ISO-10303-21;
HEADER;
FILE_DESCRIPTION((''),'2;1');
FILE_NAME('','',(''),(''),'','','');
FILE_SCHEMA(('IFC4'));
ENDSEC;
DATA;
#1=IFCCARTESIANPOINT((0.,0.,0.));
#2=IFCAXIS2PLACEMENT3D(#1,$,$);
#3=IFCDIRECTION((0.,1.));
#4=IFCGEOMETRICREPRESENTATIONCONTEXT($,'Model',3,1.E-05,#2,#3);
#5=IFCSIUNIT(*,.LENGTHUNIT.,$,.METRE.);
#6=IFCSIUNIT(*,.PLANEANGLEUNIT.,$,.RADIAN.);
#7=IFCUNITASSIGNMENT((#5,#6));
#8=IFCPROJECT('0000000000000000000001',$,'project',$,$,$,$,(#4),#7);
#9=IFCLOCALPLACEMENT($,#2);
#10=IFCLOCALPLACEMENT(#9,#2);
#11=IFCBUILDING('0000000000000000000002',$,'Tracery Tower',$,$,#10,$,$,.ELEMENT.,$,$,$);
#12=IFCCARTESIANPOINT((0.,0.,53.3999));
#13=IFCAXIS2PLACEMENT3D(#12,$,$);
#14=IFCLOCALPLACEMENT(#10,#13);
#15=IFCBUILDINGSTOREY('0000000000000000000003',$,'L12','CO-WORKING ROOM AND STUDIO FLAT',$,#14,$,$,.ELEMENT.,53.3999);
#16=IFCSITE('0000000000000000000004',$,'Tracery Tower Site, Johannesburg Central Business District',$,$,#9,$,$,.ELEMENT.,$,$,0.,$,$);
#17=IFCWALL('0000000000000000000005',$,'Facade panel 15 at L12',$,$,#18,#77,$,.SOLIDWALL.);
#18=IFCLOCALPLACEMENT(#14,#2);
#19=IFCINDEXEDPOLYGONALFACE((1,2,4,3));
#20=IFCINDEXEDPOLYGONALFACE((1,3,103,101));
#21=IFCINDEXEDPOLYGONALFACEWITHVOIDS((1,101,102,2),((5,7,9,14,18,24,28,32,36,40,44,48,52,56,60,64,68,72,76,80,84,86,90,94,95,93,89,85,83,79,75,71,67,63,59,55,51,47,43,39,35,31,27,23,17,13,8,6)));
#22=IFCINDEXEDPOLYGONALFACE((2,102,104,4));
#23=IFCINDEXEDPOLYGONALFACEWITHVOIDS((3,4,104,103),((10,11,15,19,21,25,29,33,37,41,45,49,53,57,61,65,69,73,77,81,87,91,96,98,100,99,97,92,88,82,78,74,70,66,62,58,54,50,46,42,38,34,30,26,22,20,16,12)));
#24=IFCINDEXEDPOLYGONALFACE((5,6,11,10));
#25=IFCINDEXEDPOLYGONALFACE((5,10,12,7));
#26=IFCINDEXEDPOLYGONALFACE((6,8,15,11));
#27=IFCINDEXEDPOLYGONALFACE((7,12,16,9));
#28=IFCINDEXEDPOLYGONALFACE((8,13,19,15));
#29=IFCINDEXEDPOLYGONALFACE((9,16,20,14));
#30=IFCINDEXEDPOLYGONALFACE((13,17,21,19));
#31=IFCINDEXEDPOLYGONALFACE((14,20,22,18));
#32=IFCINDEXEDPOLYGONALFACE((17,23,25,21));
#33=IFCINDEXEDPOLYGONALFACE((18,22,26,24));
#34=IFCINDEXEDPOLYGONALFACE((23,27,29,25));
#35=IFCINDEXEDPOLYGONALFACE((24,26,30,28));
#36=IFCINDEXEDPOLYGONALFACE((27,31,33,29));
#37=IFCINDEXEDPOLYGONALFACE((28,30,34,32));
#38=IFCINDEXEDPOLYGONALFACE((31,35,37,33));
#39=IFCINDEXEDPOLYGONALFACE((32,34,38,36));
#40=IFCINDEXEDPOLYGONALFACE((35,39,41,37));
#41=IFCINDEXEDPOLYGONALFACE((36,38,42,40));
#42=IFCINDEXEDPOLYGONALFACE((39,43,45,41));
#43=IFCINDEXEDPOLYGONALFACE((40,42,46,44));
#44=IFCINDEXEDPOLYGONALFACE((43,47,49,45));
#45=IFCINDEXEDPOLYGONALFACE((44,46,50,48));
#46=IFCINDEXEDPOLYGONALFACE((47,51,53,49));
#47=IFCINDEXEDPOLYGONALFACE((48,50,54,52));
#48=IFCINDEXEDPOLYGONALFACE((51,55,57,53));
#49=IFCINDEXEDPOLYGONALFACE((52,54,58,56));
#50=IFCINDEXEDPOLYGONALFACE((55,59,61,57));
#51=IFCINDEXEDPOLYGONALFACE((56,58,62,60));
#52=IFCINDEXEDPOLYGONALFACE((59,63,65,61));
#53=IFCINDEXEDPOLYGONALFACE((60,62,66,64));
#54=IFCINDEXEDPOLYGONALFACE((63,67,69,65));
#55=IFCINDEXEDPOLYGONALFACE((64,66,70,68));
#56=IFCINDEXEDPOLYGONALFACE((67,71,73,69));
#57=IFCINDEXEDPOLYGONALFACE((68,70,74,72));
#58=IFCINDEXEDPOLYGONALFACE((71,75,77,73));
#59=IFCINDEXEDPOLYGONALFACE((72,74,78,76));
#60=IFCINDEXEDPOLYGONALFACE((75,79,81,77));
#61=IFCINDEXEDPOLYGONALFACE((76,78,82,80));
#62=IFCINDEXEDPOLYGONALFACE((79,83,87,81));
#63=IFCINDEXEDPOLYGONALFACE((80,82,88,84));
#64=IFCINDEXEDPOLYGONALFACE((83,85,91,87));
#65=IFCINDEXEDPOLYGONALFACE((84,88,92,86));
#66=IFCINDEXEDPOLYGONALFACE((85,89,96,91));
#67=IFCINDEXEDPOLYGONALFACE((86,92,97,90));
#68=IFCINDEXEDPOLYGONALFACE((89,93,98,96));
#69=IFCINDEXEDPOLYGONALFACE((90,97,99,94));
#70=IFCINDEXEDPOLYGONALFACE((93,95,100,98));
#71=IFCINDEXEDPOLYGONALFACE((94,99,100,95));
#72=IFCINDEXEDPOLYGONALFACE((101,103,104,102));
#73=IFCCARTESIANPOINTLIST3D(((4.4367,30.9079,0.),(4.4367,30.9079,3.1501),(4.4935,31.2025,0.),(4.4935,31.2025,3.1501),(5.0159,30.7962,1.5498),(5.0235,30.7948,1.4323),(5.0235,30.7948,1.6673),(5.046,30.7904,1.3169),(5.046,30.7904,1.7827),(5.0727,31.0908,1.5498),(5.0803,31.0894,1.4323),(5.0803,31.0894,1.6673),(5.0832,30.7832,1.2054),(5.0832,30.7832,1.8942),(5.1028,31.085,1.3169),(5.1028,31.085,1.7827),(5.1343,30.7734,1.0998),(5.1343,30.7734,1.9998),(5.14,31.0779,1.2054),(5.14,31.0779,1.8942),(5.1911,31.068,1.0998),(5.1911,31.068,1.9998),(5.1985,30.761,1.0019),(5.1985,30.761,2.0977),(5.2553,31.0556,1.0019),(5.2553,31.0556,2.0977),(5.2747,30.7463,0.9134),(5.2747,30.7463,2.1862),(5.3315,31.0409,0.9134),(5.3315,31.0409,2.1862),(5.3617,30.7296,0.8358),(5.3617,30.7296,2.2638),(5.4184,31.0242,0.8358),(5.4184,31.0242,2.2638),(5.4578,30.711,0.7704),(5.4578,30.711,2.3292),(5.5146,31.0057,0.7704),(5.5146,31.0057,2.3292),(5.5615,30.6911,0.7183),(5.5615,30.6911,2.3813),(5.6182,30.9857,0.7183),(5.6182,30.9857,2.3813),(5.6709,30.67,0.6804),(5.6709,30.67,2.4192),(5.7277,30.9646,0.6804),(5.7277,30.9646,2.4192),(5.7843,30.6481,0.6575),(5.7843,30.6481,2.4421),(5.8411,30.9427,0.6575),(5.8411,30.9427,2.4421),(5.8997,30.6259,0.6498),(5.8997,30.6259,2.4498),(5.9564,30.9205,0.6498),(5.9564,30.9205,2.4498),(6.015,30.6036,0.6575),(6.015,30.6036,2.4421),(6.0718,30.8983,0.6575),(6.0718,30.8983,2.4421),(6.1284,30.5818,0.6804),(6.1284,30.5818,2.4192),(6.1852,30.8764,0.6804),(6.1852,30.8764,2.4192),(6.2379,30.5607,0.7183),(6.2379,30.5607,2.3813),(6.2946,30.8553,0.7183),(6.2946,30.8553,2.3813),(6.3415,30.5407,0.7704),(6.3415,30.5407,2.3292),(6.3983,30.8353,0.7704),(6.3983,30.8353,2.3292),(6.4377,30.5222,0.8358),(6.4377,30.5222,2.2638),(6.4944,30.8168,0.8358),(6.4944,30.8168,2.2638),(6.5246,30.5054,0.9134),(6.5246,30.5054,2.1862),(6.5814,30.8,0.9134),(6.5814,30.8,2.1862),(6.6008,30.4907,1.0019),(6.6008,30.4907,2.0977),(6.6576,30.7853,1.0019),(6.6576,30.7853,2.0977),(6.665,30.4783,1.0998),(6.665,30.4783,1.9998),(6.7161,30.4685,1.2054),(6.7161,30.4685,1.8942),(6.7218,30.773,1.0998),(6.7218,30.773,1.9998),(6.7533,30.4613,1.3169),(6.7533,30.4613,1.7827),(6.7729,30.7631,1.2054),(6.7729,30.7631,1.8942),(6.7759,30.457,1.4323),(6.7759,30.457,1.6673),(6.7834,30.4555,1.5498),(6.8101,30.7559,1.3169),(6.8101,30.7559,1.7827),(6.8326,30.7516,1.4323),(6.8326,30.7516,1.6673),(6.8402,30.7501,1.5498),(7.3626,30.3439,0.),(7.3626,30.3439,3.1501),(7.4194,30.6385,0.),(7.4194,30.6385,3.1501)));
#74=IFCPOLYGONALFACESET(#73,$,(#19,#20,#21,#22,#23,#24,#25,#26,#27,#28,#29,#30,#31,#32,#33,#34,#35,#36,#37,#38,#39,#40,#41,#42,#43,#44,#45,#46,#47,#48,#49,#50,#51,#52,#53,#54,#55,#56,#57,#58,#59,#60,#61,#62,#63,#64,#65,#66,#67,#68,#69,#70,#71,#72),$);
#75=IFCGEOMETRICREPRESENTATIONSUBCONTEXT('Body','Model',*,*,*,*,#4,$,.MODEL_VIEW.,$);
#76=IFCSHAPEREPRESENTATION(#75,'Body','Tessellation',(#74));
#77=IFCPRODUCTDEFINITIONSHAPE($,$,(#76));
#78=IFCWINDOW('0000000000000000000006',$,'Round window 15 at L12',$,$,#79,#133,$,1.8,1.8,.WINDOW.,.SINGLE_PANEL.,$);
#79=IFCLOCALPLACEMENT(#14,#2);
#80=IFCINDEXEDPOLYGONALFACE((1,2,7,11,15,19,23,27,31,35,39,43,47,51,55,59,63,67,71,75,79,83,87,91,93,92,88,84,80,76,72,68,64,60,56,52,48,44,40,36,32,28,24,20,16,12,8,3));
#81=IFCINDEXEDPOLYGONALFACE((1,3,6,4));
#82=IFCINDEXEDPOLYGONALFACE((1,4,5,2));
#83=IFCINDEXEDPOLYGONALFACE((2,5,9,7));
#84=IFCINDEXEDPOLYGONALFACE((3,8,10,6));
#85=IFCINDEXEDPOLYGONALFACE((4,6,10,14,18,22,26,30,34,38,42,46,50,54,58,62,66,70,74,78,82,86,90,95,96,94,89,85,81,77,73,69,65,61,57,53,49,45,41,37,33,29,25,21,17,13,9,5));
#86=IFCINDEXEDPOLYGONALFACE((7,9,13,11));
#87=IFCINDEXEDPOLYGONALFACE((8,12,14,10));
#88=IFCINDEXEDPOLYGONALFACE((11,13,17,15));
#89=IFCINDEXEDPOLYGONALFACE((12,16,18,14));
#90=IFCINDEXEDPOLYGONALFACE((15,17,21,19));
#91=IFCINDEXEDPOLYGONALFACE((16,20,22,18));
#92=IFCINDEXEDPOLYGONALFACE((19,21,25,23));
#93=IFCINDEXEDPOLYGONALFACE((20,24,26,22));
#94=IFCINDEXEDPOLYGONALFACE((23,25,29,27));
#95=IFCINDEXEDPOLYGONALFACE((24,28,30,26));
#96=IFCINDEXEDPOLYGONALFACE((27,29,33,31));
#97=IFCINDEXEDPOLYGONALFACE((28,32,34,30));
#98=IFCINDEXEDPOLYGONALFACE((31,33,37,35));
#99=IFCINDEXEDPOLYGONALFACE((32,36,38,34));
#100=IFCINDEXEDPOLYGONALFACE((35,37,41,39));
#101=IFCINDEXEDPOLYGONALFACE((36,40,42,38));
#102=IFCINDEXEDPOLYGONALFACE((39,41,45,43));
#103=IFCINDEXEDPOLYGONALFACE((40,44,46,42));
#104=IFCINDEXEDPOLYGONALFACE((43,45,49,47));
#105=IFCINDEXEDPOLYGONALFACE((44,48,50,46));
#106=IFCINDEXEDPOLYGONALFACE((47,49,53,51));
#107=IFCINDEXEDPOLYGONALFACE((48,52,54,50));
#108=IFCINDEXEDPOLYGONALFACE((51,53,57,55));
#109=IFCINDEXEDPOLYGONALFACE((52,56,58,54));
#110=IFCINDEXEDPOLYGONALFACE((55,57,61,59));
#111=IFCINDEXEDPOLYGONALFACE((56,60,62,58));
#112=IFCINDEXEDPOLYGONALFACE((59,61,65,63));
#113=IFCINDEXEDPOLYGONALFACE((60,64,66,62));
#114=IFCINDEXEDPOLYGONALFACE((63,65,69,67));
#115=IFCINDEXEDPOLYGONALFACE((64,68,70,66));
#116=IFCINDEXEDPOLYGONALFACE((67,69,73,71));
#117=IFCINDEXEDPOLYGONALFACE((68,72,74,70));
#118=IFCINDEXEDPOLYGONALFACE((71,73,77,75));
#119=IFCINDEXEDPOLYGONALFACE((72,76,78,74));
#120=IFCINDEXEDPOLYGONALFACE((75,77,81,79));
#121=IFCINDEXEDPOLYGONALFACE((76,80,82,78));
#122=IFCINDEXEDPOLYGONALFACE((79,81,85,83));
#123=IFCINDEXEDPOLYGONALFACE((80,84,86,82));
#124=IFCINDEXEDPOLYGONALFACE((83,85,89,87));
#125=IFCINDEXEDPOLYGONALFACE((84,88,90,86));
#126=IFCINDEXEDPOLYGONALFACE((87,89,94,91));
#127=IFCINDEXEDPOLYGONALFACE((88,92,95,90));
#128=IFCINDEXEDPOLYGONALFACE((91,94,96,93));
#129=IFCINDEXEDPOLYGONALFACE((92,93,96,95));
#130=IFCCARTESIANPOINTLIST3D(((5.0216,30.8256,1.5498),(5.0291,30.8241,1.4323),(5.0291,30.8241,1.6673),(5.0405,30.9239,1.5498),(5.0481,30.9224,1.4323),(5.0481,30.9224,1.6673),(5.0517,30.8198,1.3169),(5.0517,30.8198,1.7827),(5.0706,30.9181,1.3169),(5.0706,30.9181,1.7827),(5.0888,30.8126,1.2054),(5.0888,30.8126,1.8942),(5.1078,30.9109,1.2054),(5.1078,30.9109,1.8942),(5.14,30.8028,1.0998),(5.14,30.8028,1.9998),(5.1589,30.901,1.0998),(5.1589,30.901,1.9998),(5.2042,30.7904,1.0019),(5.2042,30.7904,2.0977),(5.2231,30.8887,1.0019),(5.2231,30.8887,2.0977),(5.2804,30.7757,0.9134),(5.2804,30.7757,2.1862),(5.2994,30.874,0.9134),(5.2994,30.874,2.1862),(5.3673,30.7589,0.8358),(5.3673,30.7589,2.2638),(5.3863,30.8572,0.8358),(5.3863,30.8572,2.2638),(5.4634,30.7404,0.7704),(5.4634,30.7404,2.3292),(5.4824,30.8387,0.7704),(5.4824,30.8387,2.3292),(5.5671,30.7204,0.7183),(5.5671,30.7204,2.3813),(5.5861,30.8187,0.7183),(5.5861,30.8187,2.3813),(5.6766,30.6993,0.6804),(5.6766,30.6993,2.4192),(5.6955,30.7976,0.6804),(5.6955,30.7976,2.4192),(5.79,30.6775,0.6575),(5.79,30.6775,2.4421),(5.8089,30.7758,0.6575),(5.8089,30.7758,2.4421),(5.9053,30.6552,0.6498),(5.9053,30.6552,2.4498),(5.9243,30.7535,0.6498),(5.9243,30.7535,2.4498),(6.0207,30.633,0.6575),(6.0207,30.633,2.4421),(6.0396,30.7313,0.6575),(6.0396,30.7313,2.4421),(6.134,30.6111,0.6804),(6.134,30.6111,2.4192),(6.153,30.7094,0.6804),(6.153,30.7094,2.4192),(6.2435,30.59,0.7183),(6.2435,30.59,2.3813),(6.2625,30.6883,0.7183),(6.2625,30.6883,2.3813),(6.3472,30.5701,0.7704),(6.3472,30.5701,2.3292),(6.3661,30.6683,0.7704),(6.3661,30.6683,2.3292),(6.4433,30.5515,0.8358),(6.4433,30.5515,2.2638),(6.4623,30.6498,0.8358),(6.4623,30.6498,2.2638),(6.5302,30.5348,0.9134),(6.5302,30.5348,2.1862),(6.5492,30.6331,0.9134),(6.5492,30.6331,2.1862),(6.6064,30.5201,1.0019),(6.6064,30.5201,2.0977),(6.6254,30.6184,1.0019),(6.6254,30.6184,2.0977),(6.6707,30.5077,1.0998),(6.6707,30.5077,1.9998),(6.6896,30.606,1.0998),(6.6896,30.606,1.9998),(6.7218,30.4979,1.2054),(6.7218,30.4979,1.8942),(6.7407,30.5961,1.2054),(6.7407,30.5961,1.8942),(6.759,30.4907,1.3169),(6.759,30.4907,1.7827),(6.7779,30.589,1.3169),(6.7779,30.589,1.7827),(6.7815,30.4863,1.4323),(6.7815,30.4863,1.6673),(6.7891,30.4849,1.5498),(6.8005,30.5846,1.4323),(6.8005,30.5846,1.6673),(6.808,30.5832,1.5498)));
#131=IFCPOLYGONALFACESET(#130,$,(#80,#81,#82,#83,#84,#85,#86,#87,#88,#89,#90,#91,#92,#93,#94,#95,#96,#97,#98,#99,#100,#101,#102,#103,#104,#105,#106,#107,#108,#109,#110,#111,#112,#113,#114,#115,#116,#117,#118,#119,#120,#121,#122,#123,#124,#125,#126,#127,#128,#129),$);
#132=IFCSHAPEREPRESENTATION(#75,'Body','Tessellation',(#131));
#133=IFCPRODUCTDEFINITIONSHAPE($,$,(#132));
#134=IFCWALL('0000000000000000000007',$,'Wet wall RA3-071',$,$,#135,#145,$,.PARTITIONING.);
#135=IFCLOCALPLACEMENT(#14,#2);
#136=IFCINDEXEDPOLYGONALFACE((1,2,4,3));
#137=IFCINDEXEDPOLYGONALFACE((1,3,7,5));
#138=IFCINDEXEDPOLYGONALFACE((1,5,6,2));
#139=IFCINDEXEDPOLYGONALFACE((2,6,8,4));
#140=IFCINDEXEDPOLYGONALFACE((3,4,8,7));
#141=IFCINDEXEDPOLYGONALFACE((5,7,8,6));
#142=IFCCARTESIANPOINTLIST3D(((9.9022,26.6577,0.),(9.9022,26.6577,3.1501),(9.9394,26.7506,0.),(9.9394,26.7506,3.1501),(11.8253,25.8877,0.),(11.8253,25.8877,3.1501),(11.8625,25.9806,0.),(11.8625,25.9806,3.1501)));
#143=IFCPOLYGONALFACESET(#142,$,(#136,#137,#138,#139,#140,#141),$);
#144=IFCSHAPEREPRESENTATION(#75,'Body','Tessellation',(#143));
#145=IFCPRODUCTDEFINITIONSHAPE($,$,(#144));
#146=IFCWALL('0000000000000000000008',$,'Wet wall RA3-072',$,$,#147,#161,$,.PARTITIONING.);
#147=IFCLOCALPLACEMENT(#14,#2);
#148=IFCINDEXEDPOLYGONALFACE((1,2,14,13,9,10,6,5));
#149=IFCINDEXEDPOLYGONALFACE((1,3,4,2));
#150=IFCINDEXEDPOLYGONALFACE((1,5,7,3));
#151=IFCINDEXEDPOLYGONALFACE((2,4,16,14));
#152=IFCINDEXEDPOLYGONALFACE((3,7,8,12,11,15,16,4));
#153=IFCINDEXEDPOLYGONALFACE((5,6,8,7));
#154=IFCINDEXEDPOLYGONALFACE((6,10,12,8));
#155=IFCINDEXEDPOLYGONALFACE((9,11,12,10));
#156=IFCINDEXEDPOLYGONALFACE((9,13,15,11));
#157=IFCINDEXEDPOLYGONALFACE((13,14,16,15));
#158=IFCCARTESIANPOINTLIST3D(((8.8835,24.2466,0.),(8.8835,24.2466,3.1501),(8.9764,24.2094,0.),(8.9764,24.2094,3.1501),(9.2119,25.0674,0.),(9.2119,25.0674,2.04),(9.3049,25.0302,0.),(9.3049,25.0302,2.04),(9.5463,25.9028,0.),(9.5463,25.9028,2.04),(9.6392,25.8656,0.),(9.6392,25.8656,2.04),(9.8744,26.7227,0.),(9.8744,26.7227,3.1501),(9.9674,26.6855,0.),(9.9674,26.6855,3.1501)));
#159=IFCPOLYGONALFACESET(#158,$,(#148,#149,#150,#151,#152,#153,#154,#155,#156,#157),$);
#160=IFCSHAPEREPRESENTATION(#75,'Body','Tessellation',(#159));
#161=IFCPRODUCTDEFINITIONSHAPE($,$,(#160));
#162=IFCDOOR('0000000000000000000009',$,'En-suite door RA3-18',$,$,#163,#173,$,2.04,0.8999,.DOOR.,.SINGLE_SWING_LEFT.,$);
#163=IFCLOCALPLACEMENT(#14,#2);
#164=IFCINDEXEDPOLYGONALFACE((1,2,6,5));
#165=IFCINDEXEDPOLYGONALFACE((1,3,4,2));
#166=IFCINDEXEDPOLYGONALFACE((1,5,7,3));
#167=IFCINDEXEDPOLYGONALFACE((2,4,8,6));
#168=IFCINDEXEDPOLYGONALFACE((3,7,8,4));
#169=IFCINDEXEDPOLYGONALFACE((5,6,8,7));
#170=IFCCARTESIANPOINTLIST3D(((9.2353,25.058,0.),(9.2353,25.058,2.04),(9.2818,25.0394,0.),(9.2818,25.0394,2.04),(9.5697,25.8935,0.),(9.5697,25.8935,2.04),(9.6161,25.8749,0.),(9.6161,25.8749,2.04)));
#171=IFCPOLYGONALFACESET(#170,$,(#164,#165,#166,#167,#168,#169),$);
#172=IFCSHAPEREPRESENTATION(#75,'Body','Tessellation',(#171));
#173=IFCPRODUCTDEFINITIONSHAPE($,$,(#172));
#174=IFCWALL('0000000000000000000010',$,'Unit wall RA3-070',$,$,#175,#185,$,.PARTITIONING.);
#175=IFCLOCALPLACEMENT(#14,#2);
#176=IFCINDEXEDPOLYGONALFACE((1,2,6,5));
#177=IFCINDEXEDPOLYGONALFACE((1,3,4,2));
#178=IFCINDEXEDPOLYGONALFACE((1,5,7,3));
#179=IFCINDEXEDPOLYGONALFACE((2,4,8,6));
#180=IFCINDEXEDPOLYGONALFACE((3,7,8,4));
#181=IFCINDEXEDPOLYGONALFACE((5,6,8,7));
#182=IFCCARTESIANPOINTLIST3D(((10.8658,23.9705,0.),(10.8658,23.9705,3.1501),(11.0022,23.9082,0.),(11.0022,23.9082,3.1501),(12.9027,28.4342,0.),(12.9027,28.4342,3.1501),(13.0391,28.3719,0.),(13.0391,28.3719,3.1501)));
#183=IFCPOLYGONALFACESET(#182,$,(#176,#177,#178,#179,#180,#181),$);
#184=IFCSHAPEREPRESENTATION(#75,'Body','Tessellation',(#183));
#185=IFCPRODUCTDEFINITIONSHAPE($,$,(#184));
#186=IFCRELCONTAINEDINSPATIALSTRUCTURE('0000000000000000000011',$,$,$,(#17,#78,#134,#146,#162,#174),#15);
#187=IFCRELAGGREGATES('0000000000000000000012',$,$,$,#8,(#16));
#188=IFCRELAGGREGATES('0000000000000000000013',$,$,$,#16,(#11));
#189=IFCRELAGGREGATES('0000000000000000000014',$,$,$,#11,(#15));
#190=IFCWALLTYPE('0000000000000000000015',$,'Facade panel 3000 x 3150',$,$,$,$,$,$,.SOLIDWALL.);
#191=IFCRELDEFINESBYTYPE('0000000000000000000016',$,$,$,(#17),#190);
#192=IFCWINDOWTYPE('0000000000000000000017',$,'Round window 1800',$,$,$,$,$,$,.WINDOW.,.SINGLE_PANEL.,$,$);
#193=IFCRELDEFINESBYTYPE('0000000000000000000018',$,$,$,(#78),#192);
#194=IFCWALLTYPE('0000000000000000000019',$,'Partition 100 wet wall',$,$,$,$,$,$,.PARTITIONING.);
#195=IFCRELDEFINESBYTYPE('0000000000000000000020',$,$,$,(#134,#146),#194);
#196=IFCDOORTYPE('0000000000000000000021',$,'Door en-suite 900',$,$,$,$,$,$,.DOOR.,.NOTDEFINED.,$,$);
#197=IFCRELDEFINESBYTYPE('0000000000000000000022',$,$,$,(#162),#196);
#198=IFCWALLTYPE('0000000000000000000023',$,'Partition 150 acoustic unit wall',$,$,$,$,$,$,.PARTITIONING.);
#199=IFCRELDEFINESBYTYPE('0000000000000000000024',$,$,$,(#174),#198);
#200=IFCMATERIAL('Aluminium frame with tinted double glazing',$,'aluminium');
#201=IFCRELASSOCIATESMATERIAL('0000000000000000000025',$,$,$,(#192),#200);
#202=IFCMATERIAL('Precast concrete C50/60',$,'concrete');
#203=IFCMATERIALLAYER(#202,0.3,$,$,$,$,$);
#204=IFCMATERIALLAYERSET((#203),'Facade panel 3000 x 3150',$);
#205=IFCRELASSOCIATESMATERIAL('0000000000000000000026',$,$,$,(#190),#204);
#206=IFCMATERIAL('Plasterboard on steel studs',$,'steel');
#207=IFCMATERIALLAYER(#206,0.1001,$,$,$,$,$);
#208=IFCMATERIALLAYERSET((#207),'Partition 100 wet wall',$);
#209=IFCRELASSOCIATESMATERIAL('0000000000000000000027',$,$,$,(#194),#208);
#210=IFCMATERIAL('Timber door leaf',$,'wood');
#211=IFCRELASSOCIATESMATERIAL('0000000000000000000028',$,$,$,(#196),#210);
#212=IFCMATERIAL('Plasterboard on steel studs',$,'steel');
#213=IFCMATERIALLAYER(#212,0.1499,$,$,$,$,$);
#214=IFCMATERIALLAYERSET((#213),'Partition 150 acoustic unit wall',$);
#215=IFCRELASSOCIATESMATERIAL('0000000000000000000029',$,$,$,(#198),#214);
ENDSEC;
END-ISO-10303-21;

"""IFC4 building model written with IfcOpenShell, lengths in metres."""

from ifc_helpers import new_model, si_unit, direction, frame, frame_2d, origin, origin_2d, place, context, subcontext, project, spatial, rectangle, circle, extrude, material, layer, layer_set, type_object, element, fill, save


model = new_model("IFC4")

# Units and contexts
model_context = context("Model", 3, precision=1e-05, world=origin(), true_north=direction((0.0, 1.0)))
body_context = subcontext(model_context, "Body", "Model", "MODEL_VIEW")
ifc_project = project(units=[si_unit("LENGTHUNIT", "METRE"), si_unit("PLANEANGLEUNIT", "RADIAN")], contexts=[model_context])

# Site, building, storey
site_placement = place(None, origin())
site = spatial("IfcSite", under=ifc_project, at=site_placement, Name="Tracery Tower Site, Johannesburg Central Business District", CompositionType="ELEMENT", RefElevation=0.0)
building_placement = place(site_placement, origin())
building = spatial("IfcBuilding", under=site, at=building_placement, Name="Tracery Tower", CompositionType="ELEMENT")
storey_placement = place(building_placement, frame((0.0, 0.0, 53.3999)))
storey = spatial("IfcBuildingStorey", under=building, at=storey_placement, Name="L12", Description="CO-WORKING ROOM AND STUDIO FLAT", CompositionType="ELEMENT", Elevation=53.3999)

# Wall, opening, window
ifc_material_1 = material(Name="Aluminium frame with tinted double glazing", Category="aluminium")
window_type = type_object("IfcWindowType", Name="Round window 1800", PartitioningType="SINGLE_PANEL", PredefinedType="WINDOW", material=ifc_material_1)
ifc_material_2 = material(Name="Precast concrete C50/60", Category="concrete")
ifc_layer_1 = layer(ifc_material_2, 0.3)
ifc_layer_set_1 = layer_set([ifc_layer_1], Name="Facade panel 3000 x 3150")
wall_type_1 = type_object("IfcWallType", Name="Facade panel 3000 x 3150", PredefinedType="SOLIDWALL", material=ifc_layer_set_1)
wall_1_placement = place(storey_placement, frame((7.3909, 30.4912, 0.0), z_axis=(0.0, 0.0, 1.0), x_axis=(-0.981925, 0.189273, 0.0)))
wall_1 = element("IfcWall", 1, at=wall_1_placement, inside=storey, type_object=wall_type_1, Name="Facade panel 15 at L12", PredefinedType="SOLIDWALL", context=body_context, shape_type="SweptSolid", body=[
    extrude(rectangle(XDim=2.9797, YDim=0.3, at=frame_2d((1.4897, 0.0))), origin(), (0.0, 0.0, 1.0), 3.1501),
])
opening_1_placement = place(wall_1_placement, frame((1.4897, 0.0, 1.5498)))
opening_1 = element("IfcOpeningElement", 2, at=opening_1_placement, cuts=wall_1, PredefinedType="OPENING", context=body_context, shape_type="SweptSolid", body=[
    extrude(circle(Radius=0.9, at=origin_2d()), frame((0.0, 0.1599, 0.0), z_axis=(0.0, -1.0, 0.0), x_axis=(1.0, 0.0, 0.0)), (0.0, 0.0, 1.0), 0.3201),
])
window_1_placement = place(opening_1_placement, origin())
window_1 = element("IfcWindow", 3, at=window_1_placement, inside=storey, type_object=window_type, Name="Round window 15 at L12", OverallHeight=1.8, OverallWidth=1.8, PartitioningType="SINGLE_PANEL", PredefinedType="WINDOW", context=body_context, shape_type="SweptSolid", body=[
    extrude(circle(Radius=0.9, at=origin_2d()), frame((0.0, 0.1201, 0.0), z_axis=(0.0, -1.0, 0.0), x_axis=(1.0, 0.0, 0.0)), (0.0, 0.0, 1.0), 0.1001),
])
fill(opening_1, window_1)

# Wall
ifc_material_3 = material(Name="Plasterboard on steel studs", Category="steel")
ifc_layer_2 = layer(ifc_material_3, 0.1001)
ifc_layer_set_2 = layer_set([ifc_layer_2], Name="Partition 100 wet wall")
wall_type_2 = type_object("IfcWallType", Name="Partition 100 wet wall", PredefinedType="PARTITIONING", material=ifc_layer_set_2)
wall_2_placement = place(storey_placement, frame((9.9209, 26.7041, 0.0), z_axis=(0.0, 0.0, 1.0), x_axis=(0.928347, -0.371716, 0.0)))
element("IfcWall", 4, at=wall_2_placement, inside=storey, type_object=wall_type_2, Name="Wet wall RA3-071", PredefinedType="PARTITIONING", context=body_context, shape_type="SweptSolid", body=[
    extrude(rectangle(XDim=2.0715, YDim=0.1001, at=frame_2d((1.0356, 0.0))), origin(), (0.0, 0.0, 1.0), 3.1501),
])

# Wall, opening, door
wall_3_placement = place(storey_placement, frame((8.9299, 24.228, 0.0), z_axis=(0.0, 0.0, 1.0), x_axis=(0.371564, 0.928407, 0.0)))
wall_3 = element("IfcWall", 5, at=wall_3_placement, inside=storey, type_object=wall_type_2, Name="Wet wall RA3-072", PredefinedType="PARTITIONING", context=body_context, shape_type="SweptSolid", body=[
    extrude(rectangle(XDim=2.667, YDim=0.1001, at=frame_2d((1.3335, 0.0))), origin(), (0.0, 0.0, 1.0), 3.1501),
])
opening_2_placement = place(wall_3_placement, frame((0.884, 0.0, 0.0)))
opening_2 = element("IfcOpeningElement", 6, at=opening_2_placement, cuts=wall_3, PredefinedType="OPENING", context=body_context, shape_type="SweptSolid", body=[
    extrude(rectangle(XDim=0.8999, YDim=2.04, at=frame_2d((0.45, 1.02))), frame((0.0, 0.05, 0.0), z_axis=(0.0, -1.0, 0.0), x_axis=(1.0, 0.0, 0.0)), (0.0, 0.0, 1.0), 0.1001),
])
ifc_material_4 = material(Name="Timber door leaf", Category="wood")
door_type_1 = type_object("IfcDoorType", Name="Door en-suite 900", OperationType="NOTDEFINED", PredefinedType="DOOR", material=ifc_material_4)
door_1_placement = place(opening_2_placement, origin())
door_1 = element("IfcDoor", 7, at=door_1_placement, inside=storey, type_object=door_type_1, Name="En-suite door RA3-18", OperationType="SINGLE_SWING_LEFT", OverallHeight=2.04, OverallWidth=0.8999, PredefinedType="DOOR", context=body_context, shape_type="SweptSolid", body=[
    extrude(rectangle(XDim=0.8999, YDim=2.04, at=frame_2d((0.45, 1.02))), frame((0.0, 0.0249, 0.0), z_axis=(0.0, -1.0, 0.0), x_axis=(1.0, 0.0, 0.0)), (0.0, 0.0, 1.0), 0.05),
])
fill(opening_2, door_1)

# Wall
ifc_material_5 = material(Name="Plasterboard on steel studs", Category="steel")
ifc_layer_3 = layer(ifc_material_5, 0.1499)
ifc_layer_set_3 = layer_set([ifc_layer_3], Name="Partition 150 acoustic unit wall")
wall_type_3 = type_object("IfcWallType", Name="Partition 150 acoustic unit wall", PredefinedType="PARTITIONING", material=ifc_layer_set_3)
wall_4_placement = place(storey_placement, frame((10.9341, 23.9395, 0.0), z_axis=(0.0, 0.0, 1.0), x_axis=(0.415145, 0.909755, 0.0)))
element("IfcWall", 8, at=wall_4_placement, inside=storey, type_object=wall_type_3, Name="Unit wall RA3-070", PredefinedType="PARTITIONING", context=body_context, shape_type="SweptSolid", body=[
    extrude(rectangle(XDim=4.9065, YDim=0.1499, at=frame_2d((2.4531, 0.0))), origin(), (0.0, 0.0, 1.0), 3.1501),
])

save(model, "model.ifc")
